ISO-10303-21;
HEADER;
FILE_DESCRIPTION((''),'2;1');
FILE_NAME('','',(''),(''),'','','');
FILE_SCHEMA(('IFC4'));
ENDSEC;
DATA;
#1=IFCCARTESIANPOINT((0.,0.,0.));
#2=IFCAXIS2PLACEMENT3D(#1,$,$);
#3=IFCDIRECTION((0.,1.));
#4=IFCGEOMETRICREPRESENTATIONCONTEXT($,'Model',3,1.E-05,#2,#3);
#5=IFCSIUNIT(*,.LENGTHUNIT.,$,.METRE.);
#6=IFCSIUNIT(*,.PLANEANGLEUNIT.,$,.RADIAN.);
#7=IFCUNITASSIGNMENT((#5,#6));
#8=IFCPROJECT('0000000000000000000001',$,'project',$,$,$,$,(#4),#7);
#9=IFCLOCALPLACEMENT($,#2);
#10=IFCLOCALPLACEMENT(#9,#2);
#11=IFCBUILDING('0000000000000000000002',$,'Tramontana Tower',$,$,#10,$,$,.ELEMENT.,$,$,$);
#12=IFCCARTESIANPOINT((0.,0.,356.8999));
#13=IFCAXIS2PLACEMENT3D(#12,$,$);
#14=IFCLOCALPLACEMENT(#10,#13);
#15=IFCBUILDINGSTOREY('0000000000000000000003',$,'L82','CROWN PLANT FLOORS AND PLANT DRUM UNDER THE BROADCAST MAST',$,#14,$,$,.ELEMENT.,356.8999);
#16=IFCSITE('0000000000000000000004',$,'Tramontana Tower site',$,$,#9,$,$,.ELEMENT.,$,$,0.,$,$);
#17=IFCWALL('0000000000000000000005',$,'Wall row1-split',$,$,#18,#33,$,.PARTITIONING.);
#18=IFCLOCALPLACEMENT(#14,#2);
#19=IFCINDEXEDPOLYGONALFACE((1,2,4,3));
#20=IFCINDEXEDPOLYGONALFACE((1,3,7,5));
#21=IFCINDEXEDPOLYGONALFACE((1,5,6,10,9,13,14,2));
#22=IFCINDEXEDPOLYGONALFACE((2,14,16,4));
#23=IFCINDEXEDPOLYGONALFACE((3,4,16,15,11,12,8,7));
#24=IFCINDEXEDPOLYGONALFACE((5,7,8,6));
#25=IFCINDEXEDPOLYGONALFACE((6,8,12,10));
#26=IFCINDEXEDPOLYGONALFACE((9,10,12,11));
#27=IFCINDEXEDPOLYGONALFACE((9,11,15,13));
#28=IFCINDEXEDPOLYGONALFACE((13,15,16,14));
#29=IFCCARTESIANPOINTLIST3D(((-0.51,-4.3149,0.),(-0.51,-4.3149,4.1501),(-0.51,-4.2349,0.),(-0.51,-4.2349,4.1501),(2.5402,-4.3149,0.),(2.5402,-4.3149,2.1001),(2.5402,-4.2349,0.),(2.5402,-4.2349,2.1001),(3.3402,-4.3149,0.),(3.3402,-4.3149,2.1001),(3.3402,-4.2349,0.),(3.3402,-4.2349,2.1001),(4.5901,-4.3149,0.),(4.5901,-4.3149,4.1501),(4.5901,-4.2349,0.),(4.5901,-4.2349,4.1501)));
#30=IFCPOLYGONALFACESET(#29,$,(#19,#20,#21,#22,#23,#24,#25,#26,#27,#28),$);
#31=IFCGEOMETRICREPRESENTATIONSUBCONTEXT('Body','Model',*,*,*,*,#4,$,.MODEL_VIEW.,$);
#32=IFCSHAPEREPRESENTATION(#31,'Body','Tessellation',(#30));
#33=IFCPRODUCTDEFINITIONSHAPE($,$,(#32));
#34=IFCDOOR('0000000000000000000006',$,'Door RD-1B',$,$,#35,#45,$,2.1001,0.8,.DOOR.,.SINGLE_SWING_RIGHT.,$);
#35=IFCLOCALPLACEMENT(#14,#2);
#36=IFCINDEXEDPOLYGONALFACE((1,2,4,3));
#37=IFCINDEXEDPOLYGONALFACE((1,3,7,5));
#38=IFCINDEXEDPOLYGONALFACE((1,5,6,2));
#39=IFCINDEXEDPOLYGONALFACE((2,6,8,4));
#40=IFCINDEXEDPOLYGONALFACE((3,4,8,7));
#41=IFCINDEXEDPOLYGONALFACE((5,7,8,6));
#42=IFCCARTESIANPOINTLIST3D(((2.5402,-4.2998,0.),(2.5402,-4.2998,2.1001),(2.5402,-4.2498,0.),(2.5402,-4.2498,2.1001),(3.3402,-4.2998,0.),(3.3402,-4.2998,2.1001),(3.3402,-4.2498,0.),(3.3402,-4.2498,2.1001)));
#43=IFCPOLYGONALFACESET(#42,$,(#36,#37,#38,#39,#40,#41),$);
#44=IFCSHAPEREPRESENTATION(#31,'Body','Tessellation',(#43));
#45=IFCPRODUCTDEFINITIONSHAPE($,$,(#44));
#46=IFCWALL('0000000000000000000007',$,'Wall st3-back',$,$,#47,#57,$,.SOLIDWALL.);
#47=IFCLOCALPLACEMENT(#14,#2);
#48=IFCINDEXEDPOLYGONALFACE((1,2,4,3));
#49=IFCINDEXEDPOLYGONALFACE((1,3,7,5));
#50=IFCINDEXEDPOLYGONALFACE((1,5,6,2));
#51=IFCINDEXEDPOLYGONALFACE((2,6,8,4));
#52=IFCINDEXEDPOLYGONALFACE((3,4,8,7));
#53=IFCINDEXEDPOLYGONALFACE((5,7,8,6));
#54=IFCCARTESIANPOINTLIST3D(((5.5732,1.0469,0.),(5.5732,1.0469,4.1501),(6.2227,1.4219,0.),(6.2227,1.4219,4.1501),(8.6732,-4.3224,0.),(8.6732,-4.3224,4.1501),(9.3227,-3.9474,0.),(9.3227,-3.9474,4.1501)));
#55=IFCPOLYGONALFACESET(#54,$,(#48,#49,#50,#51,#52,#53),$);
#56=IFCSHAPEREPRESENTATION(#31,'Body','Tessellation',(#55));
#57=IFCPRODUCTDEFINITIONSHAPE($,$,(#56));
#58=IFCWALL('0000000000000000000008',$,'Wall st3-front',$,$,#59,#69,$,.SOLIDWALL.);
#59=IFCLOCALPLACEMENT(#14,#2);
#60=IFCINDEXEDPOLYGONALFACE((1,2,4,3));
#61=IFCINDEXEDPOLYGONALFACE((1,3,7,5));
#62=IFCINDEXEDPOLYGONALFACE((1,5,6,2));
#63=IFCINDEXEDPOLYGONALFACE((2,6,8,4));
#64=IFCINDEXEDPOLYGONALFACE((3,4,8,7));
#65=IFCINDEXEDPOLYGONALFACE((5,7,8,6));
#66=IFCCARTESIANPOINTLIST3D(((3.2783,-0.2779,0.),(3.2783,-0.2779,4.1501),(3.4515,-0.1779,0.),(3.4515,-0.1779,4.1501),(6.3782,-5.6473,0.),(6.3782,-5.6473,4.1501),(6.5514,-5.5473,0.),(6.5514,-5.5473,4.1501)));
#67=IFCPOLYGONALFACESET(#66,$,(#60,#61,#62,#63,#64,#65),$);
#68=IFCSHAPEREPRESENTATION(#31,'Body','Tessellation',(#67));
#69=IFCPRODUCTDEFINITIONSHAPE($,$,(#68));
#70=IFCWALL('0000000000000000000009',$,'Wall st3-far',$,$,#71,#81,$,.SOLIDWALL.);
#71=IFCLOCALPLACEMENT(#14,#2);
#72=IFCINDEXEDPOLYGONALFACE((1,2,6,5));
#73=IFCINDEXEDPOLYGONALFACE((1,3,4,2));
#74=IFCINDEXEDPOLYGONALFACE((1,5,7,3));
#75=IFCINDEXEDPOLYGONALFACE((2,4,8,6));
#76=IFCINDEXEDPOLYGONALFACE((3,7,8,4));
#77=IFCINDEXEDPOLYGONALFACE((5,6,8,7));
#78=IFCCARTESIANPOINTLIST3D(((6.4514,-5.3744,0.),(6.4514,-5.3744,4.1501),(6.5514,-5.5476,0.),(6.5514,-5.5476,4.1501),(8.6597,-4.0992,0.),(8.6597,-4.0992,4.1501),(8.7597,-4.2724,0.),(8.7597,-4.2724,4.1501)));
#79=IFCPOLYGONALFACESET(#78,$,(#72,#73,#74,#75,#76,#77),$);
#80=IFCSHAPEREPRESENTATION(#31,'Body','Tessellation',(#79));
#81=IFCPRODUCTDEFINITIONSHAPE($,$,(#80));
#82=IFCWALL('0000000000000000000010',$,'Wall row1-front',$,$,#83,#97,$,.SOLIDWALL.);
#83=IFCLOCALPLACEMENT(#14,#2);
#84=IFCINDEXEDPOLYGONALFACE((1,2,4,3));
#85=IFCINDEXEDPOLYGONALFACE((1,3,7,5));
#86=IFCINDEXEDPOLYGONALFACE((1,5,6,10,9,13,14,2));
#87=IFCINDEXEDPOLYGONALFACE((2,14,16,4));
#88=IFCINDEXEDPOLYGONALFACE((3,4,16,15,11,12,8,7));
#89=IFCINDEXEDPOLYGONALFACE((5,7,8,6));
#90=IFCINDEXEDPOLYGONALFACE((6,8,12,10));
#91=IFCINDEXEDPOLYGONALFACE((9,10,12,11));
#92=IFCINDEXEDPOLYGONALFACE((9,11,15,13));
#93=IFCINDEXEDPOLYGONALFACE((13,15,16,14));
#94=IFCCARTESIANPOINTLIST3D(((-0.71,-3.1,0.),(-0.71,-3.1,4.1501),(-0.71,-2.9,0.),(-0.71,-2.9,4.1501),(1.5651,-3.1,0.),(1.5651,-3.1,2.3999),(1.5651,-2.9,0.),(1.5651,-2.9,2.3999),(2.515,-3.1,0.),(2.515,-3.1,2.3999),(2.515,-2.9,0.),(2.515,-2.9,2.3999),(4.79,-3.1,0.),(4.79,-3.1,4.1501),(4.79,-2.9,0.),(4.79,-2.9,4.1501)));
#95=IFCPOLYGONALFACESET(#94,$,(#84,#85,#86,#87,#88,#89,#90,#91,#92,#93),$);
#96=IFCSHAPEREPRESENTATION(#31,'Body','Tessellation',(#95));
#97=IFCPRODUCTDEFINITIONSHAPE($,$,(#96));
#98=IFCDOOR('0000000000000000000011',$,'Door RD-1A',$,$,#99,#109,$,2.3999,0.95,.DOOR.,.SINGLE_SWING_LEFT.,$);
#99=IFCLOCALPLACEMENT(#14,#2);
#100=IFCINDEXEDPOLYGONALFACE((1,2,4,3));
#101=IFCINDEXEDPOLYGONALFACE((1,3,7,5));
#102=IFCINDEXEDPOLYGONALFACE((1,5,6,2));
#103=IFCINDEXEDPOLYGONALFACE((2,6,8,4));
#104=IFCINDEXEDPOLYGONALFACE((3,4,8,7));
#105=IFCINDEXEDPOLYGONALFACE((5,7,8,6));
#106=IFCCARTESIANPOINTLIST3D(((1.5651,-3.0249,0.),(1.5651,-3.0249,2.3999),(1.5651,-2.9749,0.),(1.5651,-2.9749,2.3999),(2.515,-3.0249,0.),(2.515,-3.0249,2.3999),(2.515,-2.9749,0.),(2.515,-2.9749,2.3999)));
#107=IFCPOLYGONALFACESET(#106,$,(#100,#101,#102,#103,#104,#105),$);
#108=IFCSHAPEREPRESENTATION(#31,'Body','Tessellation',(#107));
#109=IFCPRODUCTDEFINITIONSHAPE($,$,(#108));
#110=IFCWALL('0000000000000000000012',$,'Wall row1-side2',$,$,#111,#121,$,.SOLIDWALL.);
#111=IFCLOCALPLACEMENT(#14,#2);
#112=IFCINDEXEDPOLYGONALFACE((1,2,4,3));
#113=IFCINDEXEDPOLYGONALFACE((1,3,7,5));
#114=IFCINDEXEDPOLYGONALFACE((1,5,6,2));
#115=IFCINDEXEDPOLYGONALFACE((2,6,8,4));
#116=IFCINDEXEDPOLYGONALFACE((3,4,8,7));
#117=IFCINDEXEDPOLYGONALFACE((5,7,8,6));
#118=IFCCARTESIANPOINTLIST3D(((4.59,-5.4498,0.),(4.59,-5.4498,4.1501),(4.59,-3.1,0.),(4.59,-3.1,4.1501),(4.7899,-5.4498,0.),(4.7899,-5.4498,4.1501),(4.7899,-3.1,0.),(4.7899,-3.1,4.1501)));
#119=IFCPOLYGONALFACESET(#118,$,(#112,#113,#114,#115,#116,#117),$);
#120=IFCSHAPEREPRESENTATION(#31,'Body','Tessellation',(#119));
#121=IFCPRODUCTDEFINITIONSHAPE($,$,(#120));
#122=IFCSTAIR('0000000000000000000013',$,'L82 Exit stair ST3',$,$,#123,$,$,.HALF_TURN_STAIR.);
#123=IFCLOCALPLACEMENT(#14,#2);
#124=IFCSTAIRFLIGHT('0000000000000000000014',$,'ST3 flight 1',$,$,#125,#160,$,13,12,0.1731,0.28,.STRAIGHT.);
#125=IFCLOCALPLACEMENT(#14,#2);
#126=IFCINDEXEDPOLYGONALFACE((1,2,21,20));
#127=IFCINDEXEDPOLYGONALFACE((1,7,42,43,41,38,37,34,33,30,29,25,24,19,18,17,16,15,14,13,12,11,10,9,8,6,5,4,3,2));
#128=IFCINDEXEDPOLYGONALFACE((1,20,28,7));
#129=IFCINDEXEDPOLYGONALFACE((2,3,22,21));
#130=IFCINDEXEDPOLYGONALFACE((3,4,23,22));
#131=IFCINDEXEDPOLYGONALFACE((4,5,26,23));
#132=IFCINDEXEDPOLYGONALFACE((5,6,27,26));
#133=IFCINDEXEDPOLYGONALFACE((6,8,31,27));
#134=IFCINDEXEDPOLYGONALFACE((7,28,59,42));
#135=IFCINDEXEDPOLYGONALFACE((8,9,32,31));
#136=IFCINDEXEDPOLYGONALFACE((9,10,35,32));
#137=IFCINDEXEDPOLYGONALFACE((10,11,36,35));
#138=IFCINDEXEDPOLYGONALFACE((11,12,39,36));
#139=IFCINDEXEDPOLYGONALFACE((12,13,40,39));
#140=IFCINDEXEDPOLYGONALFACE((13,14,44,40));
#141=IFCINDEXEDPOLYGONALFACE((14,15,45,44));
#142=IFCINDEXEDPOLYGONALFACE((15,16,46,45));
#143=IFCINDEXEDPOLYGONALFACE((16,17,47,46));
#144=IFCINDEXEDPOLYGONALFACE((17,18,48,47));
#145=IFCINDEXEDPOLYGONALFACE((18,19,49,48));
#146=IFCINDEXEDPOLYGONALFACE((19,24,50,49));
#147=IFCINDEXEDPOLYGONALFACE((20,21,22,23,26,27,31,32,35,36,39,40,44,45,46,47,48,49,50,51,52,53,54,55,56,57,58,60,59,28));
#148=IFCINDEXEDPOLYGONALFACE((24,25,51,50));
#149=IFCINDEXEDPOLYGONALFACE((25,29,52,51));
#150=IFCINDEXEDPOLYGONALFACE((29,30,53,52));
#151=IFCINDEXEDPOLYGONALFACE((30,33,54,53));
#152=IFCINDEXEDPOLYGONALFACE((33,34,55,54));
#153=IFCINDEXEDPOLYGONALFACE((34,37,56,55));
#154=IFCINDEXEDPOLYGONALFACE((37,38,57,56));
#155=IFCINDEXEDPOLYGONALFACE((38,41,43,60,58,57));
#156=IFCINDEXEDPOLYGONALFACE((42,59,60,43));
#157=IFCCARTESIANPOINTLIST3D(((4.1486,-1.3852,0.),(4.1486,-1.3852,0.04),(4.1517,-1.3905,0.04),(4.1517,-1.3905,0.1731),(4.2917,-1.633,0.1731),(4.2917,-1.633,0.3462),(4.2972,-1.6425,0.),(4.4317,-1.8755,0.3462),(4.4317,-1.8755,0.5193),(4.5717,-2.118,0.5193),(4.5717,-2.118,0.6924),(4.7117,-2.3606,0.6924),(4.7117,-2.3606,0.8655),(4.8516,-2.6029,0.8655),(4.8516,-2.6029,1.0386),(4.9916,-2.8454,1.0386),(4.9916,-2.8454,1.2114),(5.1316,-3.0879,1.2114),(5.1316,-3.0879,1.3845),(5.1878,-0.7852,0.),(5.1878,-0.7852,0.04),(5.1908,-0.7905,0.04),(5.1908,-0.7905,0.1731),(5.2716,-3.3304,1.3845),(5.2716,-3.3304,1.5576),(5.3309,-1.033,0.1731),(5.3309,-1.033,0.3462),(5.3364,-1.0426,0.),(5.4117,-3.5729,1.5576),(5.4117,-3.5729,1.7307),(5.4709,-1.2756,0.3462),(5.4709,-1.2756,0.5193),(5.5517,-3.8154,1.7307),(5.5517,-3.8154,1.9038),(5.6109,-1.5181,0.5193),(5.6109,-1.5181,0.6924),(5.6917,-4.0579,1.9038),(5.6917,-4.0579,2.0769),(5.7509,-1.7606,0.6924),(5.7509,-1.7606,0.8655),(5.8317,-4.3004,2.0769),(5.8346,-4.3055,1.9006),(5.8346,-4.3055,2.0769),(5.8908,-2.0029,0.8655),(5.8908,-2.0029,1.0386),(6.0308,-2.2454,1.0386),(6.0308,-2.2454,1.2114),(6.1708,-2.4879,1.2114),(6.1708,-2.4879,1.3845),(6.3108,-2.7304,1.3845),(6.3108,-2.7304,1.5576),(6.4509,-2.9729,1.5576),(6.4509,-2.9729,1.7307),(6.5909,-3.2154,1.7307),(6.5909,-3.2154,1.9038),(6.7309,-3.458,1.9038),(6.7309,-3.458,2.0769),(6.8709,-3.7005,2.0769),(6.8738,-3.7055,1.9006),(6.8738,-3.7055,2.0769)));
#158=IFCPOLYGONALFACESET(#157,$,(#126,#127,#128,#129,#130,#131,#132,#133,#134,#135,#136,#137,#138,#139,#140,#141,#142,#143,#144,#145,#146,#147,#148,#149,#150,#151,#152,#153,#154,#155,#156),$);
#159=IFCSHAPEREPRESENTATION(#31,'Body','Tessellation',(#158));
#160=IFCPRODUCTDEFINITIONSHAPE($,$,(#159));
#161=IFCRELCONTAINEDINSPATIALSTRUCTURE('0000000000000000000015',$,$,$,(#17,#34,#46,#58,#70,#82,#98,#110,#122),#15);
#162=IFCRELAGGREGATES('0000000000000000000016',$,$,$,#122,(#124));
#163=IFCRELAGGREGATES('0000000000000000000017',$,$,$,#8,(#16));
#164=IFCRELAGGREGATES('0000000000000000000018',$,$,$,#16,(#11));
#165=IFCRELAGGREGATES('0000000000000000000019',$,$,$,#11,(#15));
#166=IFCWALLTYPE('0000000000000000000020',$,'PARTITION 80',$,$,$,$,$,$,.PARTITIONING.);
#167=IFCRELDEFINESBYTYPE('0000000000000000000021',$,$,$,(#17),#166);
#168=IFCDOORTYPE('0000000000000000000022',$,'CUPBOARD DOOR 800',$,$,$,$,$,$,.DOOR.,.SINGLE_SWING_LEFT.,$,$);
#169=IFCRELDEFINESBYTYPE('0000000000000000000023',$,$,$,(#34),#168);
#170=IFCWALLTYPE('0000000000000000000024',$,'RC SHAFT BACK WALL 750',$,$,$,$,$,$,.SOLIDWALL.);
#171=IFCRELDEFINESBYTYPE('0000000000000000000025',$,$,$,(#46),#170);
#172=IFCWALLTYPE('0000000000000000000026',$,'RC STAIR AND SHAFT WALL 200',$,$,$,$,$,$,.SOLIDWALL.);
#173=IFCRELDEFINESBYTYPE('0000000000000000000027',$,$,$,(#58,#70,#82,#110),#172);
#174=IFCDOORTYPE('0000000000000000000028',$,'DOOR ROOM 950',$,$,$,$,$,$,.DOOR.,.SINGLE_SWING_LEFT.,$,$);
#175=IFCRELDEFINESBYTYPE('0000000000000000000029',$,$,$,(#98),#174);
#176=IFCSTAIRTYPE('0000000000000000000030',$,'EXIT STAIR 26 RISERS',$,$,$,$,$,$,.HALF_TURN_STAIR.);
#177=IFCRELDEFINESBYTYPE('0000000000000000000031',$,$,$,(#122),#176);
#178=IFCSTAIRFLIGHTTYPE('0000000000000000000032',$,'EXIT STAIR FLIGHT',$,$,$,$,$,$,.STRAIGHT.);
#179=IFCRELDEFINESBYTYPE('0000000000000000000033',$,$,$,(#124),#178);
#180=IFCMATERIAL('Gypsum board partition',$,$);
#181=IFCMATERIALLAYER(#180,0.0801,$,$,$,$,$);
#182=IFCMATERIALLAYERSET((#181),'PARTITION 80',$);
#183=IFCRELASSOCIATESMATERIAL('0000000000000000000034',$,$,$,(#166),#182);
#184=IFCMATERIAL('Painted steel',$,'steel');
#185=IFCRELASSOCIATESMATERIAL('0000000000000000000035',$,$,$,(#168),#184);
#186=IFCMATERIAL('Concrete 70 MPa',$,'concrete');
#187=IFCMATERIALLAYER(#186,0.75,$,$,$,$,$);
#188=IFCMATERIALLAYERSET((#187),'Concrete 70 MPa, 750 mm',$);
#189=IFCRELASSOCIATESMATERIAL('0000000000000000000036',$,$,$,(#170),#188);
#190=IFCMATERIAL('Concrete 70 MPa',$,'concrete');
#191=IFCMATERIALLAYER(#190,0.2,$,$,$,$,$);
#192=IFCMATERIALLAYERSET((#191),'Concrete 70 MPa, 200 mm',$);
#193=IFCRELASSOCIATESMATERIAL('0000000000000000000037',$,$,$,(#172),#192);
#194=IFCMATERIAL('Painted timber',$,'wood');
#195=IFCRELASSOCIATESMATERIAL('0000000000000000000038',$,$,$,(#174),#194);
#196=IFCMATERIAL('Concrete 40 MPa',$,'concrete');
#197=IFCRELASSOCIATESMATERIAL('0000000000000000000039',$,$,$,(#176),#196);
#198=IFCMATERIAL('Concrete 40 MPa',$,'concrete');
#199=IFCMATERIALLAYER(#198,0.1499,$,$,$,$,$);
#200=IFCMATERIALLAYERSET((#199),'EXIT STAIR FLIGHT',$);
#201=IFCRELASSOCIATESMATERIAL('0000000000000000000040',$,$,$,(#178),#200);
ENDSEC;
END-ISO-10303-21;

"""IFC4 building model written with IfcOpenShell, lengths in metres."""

from ifc_helpers import new_model, si_unit, direction, frame, frame_2d, origin, place, context, subcontext, project, spatial, polyline, rectangle, outline, extrude, material, layer, layer_set, type_object, element, fill, aggregate, save


model = new_model("IFC4")

# Units and contexts
model_context = context("Model", 3, precision=1e-05, world=origin(), true_north=direction((0.0, 1.0)))
body_context = subcontext(model_context, "Body", "Model", "MODEL_VIEW")
ifc_project = project(units=[si_unit("LENGTHUNIT", "METRE"), si_unit("PLANEANGLEUNIT", "RADIAN")], contexts=[model_context])

# Site, building, storey
site_placement = place(None, origin())
site = spatial("IfcSite", under=ifc_project, at=site_placement, Name="Tramontana Tower site", CompositionType="ELEMENT", RefElevation=0.0)
building_placement = place(site_placement, origin())
building = spatial("IfcBuilding", under=site, at=building_placement, Name="Tramontana Tower", CompositionType="ELEMENT")
storey_placement = place(building_placement, frame((0.0, 0.0, 356.8999)))
storey = spatial("IfcBuildingStorey", under=building, at=storey_placement, Name="L82", Description="CROWN PLANT FLOORS AND PLANT DRUM UNDER THE BROADCAST MAST", CompositionType="ELEMENT", Elevation=356.8999)

# Wall, opening, door
ifc_material_1 = material(Name="Gypsum board partition")
ifc_layer_1 = layer(ifc_material_1, 0.0801)
ifc_layer_set_1 = layer_set([ifc_layer_1], Name="PARTITION 80")
wall_type_1 = type_object("IfcWallType", Name="PARTITION 80", PredefinedType="PARTITIONING", material=ifc_layer_set_1)
wall_1_placement = place(storey_placement, frame((4.5901, -4.2749, 0.0), z_axis=(0.0, 0.0, 1.0), x_axis=(-1.0, 0.0, 0.0)))
wall_1 = element("IfcWall", 1, at=wall_1_placement, inside=storey, type_object=wall_type_1, Name="Wall row1-split", PredefinedType="PARTITIONING", context=body_context, shape_type="SweptSolid", body=[
    extrude(rectangle(XDim=5.1001, YDim=0.0801, at=frame_2d((2.55, 0.0))), origin(), (0.0, 0.0, 1.0), 4.1501),
])
opening_1_placement = place(wall_1_placement, frame((1.25, 0.0, 0.0)))
opening_1 = element("IfcOpeningElement", 2, at=opening_1_placement, cuts=wall_1, PredefinedType="OPENING", context=body_context, shape_type="SweptSolid", body=[
    extrude(rectangle(XDim=0.8, YDim=2.1001, at=frame_2d((0.3999, 1.05))), frame((0.0, 0.05, 0.0), z_axis=(0.0, -1.0, 0.0), x_axis=(1.0, 0.0, 0.0)), (0.0, 0.0, 1.0), 0.1001),
])
ifc_material_2 = material(Name="Painted steel", Category="steel")
door_type_1 = type_object("IfcDoorType", Name="CUPBOARD DOOR 800", OperationType="SINGLE_SWING_LEFT", PredefinedType="DOOR", material=ifc_material_2)
door_1_placement = place(opening_1_placement, origin())
door_1 = element("IfcDoor", 3, at=door_1_placement, inside=storey, type_object=door_type_1, Name="Door RD-1B", OperationType="SINGLE_SWING_RIGHT", OverallHeight=2.1001, OverallWidth=0.8, PredefinedType="DOOR", context=body_context, shape_type="SweptSolid", body=[
    extrude(rectangle(XDim=0.8, YDim=2.1001, at=frame_2d((0.3999, 1.05))), frame((0.0, 0.0249, 0.0), z_axis=(0.0, -1.0, 0.0), x_axis=(1.0, 0.0, 0.0)), (0.0, 0.0, 1.0), 0.05),
])
fill(opening_1, door_1)

# Walls
ifc_material_3 = material(Name="Concrete 70 MPa", Category="concrete")
ifc_layer_2 = layer(ifc_material_3, 0.75)
ifc_layer_set_2 = layer_set([ifc_layer_2], Name="Concrete 70 MPa, 750 mm")
wall_type_2 = type_object("IfcWallType", Name="RC SHAFT BACK WALL 750", PredefinedType="SOLIDWALL", material=ifc_layer_set_2)
wall_2_placement = place(storey_placement, frame((8.998, -4.135, 0.0), z_axis=(0.0, 0.0, 1.0), x_axis=(-0.50001, 0.86602, 0.0)))
element("IfcWall", 4, at=wall_2_placement, inside=storey, type_object=wall_type_2, Name="Wall st3-back", PredefinedType="SOLIDWALL", context=body_context, shape_type="SweptSolid", body=[
    extrude(rectangle(XDim=6.2, YDim=0.75, at=frame_2d((3.1001, 0.0))), origin(), (0.0, 0.0, 1.0), 4.1501),
])
ifc_material_4 = material(Name="Concrete 70 MPa", Category="concrete")
ifc_layer_3 = layer(ifc_material_4, 0.2)
ifc_layer_set_3 = layer_set([ifc_layer_3], Name="Concrete 70 MPa, 200 mm")
wall_type_3 = type_object("IfcWallType", Name="RC STAIR AND SHAFT WALL 200", PredefinedType="SOLIDWALL", material=ifc_layer_set_3)
wall_3_placement = place(storey_placement, frame((6.4648, -5.5974, 0.0), z_axis=(0.0, 0.0, 1.0), x_axis=(-0.49998, 0.866037, 0.0)))
element("IfcWall", 5, at=wall_3_placement, inside=storey, type_object=wall_type_3, Name="Wall st3-front", PredefinedType="SOLIDWALL", context=body_context, shape_type="SweptSolid", body=[
    extrude(rectangle(XDim=6.2, YDim=0.2, at=frame_2d((3.1001, 0.0))), origin(), (0.0, 0.0, 1.0), 4.1501),
])
wall_4_placement = place(storey_placement, frame((6.5015, -5.4609, 0.0), z_axis=(0.0, 0.0, 1.0), x_axis=(0.865989, 0.500062, 0.0)))
element("IfcWall", 6, at=wall_4_placement, inside=storey, type_object=wall_type_3, Name="Wall st3-far", PredefinedType="SOLIDWALL", context=body_context, shape_type="SweptSolid", body=[
    extrude(rectangle(XDim=2.55, YDim=0.2, at=frame_2d((1.2749, 0.0))), origin(), (0.0, 0.0, 1.0), 4.1501),
])

# Wall, opening, door
wall_5_placement = place(storey_placement, frame((4.79, -3.0, 0.0), z_axis=(0.0, 0.0, 1.0), x_axis=(-1.0, 0.0, 0.0)))
wall_5 = element("IfcWall", 7, at=wall_5_placement, inside=storey, type_object=wall_type_3, Name="Wall row1-front", PredefinedType="SOLIDWALL", context=body_context, shape_type="SweptSolid", body=[
    extrude(rectangle(XDim=5.5, YDim=0.2, at=frame_2d((2.75, 0.0))), origin(), (0.0, 0.0, 1.0), 4.1501),
])
opening_2_placement = place(wall_5_placement, frame((2.2749, 0.0, 0.0)))
opening_2 = element("IfcOpeningElement", 8, at=opening_2_placement, cuts=wall_5, PredefinedType="OPENING", context=body_context, shape_type="SweptSolid", body=[
    extrude(rectangle(XDim=0.95, YDim=2.3999, at=frame_2d((0.4751, 1.2))), frame((0.0, 0.1099, 0.0), z_axis=(0.0, -1.0, 0.0), x_axis=(1.0, 0.0, 0.0)), (0.0, 0.0, 1.0), 0.22),
])
ifc_material_5 = material(Name="Painted timber", Category="wood")
door_type_2 = type_object("IfcDoorType", Name="DOOR ROOM 950", OperationType="SINGLE_SWING_LEFT", PredefinedType="DOOR", material=ifc_material_5)
door_2_placement = place(opening_2_placement, origin())
door_2 = element("IfcDoor", 9, at=door_2_placement, inside=storey, type_object=door_type_2, Name="Door RD-1A", OperationType="SINGLE_SWING_LEFT", OverallHeight=2.3999, OverallWidth=0.95, PredefinedType="DOOR", context=body_context, shape_type="SweptSolid", body=[
    extrude(rectangle(XDim=0.95, YDim=2.3999, at=frame_2d((0.4751, 1.2))), frame((0.0, 0.0249, 0.0), z_axis=(0.0, -1.0, 0.0), x_axis=(1.0, 0.0, 0.0)), (0.0, 0.0, 1.0), 0.05),
])
fill(opening_2, door_2)

# Wall
wall_6_placement = place(storey_placement, frame((4.6899, -3.1001, 0.0), z_axis=(0.0, 0.0, 1.0), x_axis=(0.0, -1.0, 0.0)))
element("IfcWall", 10, at=wall_6_placement, inside=storey, type_object=wall_type_3, Name="Wall row1-side2", PredefinedType="SOLIDWALL", context=body_context, shape_type="SweptSolid", body=[
    extrude(rectangle(XDim=2.3499, YDim=0.2, at=frame_2d((1.1748, 0.0))), origin(), (0.0, 0.0, 1.0), 4.1501),
])

# Stair, stair flight
ifc_material_6 = material(Name="Concrete 40 MPa", Category="concrete")
stair_type = type_object("IfcStairType", Name="EXIT STAIR 26 RISERS", PredefinedType="HALF_TURN_STAIR", material=ifc_material_6)
stair_placement = place(storey_placement, origin())
stair = element("IfcStair", 11, at=stair_placement, inside=storey, type_object=stair_type, Name="L82 Exit stair ST3", PredefinedType="HALF_TURN_STAIR")
ifc_material_7 = material(Name="Concrete 40 MPa", Category="concrete")
ifc_layer_4 = layer(ifc_material_7, 0.1499)
ifc_layer_set_4 = layer_set([ifc_layer_4], Name="EXIT STAIR FLIGHT")
stair_flight_type = type_object("IfcStairFlightType", Name="EXIT STAIR FLIGHT", PredefinedType="STRAIGHT", material=ifc_layer_set_4)
stair_flight_1_placement = place(storey_placement, frame((4.6711, -1.0906, 0.0), z_axis=(0.0, 0.0, 1.0), x_axis=(0.5, -0.866025, 0.0)))
stair_flight_1 = element("IfcStairFlight", 12, at=stair_flight_1_placement, type_object=stair_flight_type, Name="ST3 flight 1", NumberOfRisers=13, NumberOfTreads=12, PredefinedType="STRAIGHT", RiserHeight=0.1731, TreadLength=0.28, context=body_context, shape_type="SweptSolid", body=[
    extrude(outline(polyline([(-0.0061, 0.0), (-0.0061, 0.04), (0.0, 0.04), (0.0, 0.1731), (0.28, 0.1731), (0.28, 0.3462), (0.5601, 0.3462), (0.5601, 0.5193), (0.8401, 0.5193), (0.8401, 0.6924), (1.1201, 0.6924), (1.1201, 0.8655), (1.3999, 0.8655), (1.3999, 1.0386), (1.6799, 1.0386), (1.6799, 1.2114), (1.96, 1.2114), (1.96, 1.3845), (2.24, 1.3845), (2.24, 1.5576), (2.52, 1.5576), (2.52, 1.7307), (2.8, 1.7307), (2.8, 1.9038), (3.0801, 1.9038), (3.0801, 2.0769), (3.3601, 2.0769), (3.366, 2.0769), (3.366, 1.9006), (0.291, 0.0), (-0.0061, 0.0)])), frame((0.0, 0.6001, 0.0), z_axis=(0.0, -1.0, 0.0), x_axis=(1.0, 0.0, 0.0)), (0.0, 0.0, 1.0), 1.2),
])
aggregate(stair, [stair_flight_1])

save(model, "model.ifc")
